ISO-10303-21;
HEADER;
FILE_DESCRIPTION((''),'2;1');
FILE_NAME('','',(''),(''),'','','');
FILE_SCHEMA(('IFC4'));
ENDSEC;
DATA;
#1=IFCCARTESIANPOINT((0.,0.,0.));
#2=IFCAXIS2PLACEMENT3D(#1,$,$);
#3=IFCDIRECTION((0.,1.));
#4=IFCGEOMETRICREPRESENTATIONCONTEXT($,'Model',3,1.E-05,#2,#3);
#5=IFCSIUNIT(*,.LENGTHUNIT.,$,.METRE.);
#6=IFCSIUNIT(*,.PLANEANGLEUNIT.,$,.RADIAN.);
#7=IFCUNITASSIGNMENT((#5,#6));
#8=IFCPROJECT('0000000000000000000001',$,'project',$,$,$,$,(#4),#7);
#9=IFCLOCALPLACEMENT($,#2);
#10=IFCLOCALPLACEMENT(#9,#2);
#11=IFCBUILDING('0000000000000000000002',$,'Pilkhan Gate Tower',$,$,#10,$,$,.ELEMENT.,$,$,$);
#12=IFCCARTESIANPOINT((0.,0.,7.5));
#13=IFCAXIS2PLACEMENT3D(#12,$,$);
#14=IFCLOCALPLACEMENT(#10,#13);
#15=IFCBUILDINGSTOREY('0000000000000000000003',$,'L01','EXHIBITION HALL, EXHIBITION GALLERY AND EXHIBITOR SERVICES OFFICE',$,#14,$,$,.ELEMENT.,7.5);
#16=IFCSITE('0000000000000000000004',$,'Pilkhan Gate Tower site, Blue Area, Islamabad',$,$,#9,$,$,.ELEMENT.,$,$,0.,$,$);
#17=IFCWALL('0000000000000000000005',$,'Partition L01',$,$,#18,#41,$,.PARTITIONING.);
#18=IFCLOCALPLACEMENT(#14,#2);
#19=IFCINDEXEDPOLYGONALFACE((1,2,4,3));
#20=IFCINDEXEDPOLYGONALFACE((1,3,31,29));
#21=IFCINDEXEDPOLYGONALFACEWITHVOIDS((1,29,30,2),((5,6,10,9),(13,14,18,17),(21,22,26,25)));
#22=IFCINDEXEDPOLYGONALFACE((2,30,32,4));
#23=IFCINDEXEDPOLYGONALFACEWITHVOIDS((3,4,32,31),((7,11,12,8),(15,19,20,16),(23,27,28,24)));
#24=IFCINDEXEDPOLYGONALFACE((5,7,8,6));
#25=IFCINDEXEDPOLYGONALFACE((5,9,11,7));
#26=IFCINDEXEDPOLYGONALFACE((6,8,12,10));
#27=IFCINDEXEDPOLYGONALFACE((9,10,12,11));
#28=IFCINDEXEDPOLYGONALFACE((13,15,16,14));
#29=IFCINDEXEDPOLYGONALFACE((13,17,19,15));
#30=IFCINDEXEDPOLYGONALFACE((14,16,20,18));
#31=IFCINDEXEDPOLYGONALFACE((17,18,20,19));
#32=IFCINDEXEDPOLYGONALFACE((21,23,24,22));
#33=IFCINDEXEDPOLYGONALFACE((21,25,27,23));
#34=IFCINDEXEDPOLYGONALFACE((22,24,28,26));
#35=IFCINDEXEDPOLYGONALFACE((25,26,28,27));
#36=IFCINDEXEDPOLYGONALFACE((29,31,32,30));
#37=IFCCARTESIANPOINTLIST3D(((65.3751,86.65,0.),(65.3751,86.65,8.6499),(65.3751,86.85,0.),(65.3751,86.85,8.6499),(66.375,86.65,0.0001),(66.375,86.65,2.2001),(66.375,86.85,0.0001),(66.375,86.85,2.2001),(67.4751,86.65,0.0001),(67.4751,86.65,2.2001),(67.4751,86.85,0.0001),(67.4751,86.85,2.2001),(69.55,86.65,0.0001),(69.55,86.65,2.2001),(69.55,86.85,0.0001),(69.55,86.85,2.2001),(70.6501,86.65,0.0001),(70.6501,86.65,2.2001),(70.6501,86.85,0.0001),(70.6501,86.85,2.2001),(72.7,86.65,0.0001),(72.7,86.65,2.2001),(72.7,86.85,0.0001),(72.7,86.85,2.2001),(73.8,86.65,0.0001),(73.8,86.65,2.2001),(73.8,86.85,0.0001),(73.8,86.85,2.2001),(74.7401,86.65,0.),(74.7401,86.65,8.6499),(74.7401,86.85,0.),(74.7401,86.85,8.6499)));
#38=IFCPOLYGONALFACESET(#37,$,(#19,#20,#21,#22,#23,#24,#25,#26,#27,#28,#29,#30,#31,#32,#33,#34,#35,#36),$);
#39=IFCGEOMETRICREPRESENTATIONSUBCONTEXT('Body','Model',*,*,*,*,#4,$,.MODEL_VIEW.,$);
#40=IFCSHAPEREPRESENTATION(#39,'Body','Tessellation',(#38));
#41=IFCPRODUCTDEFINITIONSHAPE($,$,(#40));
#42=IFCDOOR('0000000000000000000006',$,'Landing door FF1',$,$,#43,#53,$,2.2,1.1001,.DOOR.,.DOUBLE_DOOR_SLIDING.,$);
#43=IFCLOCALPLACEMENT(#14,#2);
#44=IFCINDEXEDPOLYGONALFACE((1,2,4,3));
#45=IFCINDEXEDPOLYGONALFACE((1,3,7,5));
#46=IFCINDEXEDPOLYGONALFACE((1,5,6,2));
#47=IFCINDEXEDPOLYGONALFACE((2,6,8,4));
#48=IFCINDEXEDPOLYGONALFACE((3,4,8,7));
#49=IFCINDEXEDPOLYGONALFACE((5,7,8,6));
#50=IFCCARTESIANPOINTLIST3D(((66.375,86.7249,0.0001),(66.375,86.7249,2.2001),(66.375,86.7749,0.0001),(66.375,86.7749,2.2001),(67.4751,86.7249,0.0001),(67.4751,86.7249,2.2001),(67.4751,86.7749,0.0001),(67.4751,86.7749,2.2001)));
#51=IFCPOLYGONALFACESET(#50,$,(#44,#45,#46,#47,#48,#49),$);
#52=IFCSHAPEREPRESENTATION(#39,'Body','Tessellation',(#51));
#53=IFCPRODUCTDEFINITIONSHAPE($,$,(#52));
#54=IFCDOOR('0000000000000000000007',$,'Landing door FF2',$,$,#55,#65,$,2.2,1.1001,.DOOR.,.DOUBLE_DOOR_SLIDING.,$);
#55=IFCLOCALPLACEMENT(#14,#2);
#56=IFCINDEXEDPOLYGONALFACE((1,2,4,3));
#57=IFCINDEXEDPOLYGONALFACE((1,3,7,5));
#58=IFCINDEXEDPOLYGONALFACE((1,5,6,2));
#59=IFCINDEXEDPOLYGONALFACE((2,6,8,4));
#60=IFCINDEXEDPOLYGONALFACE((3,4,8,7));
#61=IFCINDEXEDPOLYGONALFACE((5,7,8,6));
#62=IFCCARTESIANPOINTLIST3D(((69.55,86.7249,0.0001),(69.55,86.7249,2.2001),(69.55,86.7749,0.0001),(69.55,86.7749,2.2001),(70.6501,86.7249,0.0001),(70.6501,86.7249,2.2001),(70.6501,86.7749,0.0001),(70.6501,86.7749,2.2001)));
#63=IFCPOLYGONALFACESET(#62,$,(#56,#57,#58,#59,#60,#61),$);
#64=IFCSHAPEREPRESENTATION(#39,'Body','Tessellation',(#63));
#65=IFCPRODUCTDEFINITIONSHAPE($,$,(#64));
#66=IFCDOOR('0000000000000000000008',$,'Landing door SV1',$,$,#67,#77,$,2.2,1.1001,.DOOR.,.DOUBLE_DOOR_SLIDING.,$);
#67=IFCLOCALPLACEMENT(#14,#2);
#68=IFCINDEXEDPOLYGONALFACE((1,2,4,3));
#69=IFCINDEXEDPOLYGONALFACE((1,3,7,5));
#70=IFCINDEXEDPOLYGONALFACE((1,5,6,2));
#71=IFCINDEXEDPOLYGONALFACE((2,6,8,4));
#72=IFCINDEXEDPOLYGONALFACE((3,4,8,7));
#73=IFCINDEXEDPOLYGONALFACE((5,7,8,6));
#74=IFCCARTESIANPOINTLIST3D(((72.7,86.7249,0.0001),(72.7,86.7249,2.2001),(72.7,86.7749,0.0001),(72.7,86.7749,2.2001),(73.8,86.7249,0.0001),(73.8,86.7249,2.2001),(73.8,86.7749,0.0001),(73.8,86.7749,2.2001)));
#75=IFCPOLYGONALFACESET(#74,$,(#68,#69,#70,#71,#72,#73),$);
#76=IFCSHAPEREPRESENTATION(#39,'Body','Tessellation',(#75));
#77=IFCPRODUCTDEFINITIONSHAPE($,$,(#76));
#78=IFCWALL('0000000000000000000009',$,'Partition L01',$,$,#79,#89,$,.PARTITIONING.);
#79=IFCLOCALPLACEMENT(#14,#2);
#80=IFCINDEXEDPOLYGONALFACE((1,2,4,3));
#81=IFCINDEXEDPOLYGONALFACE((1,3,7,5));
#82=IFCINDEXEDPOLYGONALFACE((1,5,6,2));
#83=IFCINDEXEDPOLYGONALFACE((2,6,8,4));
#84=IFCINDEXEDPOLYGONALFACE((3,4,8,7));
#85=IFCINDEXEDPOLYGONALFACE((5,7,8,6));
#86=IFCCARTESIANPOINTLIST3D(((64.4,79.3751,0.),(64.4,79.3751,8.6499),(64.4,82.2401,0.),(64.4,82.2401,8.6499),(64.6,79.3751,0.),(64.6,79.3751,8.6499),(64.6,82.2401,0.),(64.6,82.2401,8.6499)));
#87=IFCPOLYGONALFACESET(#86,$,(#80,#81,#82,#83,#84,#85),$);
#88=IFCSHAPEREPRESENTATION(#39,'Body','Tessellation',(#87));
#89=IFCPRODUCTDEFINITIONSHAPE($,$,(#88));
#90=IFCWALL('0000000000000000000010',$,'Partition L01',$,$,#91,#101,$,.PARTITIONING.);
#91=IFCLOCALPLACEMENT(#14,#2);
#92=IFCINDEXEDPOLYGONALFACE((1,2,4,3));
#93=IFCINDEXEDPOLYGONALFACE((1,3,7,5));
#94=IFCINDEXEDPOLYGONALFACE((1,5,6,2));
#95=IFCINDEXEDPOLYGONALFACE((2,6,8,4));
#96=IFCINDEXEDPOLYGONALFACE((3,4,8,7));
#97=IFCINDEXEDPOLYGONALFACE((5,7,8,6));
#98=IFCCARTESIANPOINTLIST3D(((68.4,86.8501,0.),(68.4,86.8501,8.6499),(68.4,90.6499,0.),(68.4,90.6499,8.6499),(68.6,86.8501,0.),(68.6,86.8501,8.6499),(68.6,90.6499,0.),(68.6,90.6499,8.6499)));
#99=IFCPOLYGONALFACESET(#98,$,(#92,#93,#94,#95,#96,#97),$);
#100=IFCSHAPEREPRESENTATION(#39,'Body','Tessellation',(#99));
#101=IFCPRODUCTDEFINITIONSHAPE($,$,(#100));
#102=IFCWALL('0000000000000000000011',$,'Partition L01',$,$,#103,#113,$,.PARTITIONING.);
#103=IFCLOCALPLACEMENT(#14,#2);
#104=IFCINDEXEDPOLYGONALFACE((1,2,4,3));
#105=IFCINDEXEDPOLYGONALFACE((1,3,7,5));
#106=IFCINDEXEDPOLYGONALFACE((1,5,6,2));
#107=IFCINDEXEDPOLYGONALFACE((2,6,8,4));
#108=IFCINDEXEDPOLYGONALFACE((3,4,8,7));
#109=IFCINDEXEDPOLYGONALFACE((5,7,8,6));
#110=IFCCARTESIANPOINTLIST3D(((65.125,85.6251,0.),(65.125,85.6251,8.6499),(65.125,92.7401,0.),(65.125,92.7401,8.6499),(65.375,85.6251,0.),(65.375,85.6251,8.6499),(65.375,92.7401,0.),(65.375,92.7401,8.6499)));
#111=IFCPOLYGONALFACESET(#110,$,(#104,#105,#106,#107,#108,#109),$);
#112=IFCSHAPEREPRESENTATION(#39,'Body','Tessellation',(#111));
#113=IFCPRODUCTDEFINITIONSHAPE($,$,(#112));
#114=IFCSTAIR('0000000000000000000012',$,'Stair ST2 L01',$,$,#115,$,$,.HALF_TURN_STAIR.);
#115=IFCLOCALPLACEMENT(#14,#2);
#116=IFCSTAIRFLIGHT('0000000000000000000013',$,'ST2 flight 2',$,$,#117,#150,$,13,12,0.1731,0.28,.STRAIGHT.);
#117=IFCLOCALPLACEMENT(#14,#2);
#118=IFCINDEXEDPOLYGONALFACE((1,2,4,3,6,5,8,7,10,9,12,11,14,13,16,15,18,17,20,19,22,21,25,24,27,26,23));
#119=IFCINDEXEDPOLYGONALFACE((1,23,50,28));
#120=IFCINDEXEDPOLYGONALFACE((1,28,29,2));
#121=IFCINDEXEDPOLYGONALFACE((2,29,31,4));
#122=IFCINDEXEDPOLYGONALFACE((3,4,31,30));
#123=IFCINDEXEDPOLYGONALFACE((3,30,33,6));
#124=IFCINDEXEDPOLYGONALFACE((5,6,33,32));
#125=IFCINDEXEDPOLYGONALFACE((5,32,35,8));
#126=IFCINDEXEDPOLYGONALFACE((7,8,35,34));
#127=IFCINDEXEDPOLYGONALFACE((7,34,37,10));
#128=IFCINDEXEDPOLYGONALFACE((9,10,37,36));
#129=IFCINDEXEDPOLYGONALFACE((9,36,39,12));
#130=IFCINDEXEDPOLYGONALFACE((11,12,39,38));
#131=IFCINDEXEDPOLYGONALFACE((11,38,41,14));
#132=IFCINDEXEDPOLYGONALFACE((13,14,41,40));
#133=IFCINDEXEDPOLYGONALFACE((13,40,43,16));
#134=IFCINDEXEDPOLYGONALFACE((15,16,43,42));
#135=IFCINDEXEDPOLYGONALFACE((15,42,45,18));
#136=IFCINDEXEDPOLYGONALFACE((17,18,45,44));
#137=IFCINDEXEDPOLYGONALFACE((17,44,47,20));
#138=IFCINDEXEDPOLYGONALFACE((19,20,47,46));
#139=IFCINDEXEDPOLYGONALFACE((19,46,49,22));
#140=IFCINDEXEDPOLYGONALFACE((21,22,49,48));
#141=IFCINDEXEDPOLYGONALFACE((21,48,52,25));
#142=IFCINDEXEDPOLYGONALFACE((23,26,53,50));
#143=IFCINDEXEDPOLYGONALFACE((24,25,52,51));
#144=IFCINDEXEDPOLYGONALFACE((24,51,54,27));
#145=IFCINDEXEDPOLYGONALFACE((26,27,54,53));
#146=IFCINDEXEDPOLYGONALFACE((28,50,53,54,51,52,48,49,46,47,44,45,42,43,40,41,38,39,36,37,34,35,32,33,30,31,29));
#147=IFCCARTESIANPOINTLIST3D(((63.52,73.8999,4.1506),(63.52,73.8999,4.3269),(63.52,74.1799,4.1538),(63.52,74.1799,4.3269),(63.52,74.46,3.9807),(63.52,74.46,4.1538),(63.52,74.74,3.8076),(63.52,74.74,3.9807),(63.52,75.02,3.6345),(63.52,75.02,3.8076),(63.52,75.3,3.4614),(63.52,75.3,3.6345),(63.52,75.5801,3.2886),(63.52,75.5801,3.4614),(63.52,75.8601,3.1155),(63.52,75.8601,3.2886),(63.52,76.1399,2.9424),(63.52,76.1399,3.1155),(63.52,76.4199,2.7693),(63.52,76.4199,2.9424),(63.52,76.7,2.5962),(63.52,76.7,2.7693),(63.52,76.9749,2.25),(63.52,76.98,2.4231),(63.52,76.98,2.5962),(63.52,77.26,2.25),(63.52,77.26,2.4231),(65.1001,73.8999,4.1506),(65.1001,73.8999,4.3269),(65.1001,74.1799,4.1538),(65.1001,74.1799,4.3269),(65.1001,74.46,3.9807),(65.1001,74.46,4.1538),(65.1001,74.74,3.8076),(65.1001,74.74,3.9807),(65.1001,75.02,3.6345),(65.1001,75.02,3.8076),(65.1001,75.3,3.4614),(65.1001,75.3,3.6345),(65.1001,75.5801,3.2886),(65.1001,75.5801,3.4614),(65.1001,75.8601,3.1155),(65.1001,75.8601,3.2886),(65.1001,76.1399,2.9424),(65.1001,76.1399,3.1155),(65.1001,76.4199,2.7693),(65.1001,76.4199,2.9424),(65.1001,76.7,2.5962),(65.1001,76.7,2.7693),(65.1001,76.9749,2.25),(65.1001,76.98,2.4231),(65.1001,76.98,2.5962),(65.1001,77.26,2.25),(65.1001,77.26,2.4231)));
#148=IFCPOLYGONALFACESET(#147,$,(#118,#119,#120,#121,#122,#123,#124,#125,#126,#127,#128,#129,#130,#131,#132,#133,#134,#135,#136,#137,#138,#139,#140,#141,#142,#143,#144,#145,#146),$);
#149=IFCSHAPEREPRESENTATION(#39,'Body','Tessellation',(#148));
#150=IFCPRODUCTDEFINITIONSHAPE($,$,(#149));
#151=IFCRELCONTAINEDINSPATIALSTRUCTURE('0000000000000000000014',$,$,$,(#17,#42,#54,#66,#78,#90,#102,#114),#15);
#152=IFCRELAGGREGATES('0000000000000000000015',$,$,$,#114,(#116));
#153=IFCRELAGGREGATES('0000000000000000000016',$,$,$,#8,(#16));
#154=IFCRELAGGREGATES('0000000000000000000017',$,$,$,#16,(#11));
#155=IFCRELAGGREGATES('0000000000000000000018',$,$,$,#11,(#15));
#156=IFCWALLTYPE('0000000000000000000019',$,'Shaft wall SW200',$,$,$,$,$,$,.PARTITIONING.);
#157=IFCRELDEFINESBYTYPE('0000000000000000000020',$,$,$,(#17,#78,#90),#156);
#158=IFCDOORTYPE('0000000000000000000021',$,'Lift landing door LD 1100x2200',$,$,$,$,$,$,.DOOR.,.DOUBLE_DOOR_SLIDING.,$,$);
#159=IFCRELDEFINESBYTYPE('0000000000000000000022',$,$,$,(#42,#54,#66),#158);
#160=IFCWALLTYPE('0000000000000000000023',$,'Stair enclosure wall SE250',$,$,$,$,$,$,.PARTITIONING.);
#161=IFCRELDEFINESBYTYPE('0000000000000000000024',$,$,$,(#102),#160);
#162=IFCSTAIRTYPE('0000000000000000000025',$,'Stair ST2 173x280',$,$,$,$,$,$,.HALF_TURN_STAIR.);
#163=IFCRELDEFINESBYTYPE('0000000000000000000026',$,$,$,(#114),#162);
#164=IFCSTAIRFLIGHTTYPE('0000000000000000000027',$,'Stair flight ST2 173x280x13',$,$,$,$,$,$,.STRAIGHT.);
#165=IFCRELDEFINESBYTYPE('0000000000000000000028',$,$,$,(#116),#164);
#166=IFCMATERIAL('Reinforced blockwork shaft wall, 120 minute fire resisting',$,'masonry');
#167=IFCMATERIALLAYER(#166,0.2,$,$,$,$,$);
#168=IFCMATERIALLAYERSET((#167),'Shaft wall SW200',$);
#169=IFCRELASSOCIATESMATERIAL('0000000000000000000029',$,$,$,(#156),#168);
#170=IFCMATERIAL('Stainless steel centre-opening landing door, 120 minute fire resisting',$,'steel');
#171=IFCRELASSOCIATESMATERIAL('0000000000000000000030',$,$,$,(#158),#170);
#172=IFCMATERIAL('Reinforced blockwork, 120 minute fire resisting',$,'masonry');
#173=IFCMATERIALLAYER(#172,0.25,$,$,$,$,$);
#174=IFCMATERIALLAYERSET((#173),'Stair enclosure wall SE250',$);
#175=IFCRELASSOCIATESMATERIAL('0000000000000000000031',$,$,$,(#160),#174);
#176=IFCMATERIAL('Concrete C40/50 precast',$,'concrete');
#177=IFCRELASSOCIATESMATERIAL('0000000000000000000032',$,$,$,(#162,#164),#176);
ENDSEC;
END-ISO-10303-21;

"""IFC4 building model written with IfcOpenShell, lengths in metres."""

from ifc_helpers import new_model, si_unit, direction, frame, frame_2d, origin, place, context, subcontext, project, spatial, polyline, rectangle, outline, extrude, material, layer, layer_set, type_object, element, fill, aggregate, save


model = new_model("IFC4")

# Units and contexts
model_context = context("Model", 3, precision=1e-05, world=origin(), true_north=direction((0.0, 1.0)))
body_context = subcontext(model_context, "Body", "Model", "MODEL_VIEW")
ifc_project = project(units=[si_unit("LENGTHUNIT", "METRE"), si_unit("PLANEANGLEUNIT", "RADIAN")], contexts=[model_context])

# Site, building, storey
site_placement = place(None, origin())
site = spatial("IfcSite", under=ifc_project, at=site_placement, Name="Pilkhan Gate Tower site, Blue Area, Islamabad", CompositionType="ELEMENT", RefElevation=0.0)
building_placement = place(site_placement, origin())
building = spatial("IfcBuilding", under=site, at=building_placement, Name="Pilkhan Gate Tower", CompositionType="ELEMENT")
storey_placement = place(building_placement, frame((0.0, 0.0, 7.5)))
storey = spatial("IfcBuildingStorey", under=building, at=storey_placement, Name="L01", Description="EXHIBITION HALL, EXHIBITION GALLERY AND EXHIBITOR SERVICES OFFICE", CompositionType="ELEMENT", Elevation=7.5)

# Wall, openings, doors
ifc_material_1 = material(Name="Reinforced blockwork shaft wall, 120 minute fire resisting", Category="masonry")
ifc_layer_1 = layer(ifc_material_1, 0.2)
ifc_layer_set_1 = layer_set([ifc_layer_1], Name="Shaft wall SW200")
wall_type_1 = type_object("IfcWallType", Name="Shaft wall SW200", PredefinedType="PARTITIONING", material=ifc_layer_set_1)
ifc_material_2 = material(Name="Stainless steel centre-opening landing door, 120 minute fire resisting", Category="steel")
door_type_1 = type_object("IfcDoorType", Name="Lift landing door LD 1100x2200", OperationType="DOUBLE_DOOR_SLIDING", PredefinedType="DOOR", material=ifc_material_2)
wall_1_placement = place(storey_placement, frame((65.375, 86.75, 0.0), z_axis=(0.0, 0.0, 1.0), x_axis=(1.0, 0.0, 0.0)))
wall_1 = element("IfcWall", 1, at=wall_1_placement, inside=storey, type_object=wall_type_1, Name="Partition L01", PredefinedType="PARTITIONING", context=body_context, shape_type="SweptSolid", body=[
    extrude(rectangle(XDim=9.365, YDim=0.2, at=frame_2d((4.6826, 0.0))), origin(), (0.0, 0.0, 1.0), 8.6499),
])
opening_1_placement = place(wall_1_placement, frame((1.0, 0.0, 0.0)))
opening_1 = element("IfcOpeningElement", 2, at=opening_1_placement, cuts=wall_1, PredefinedType="OPENING", context=body_context, shape_type="SweptSolid", body=[
    extrude(rectangle(XDim=1.1001, YDim=2.2, at=frame_2d((0.55, 1.1001))), frame((0.0, 0.1099, 0.0), z_axis=(0.0, -1.0, 0.0), x_axis=(1.0, 0.0, 0.0)), (0.0, 0.0, 1.0), 0.22),
])
opening_2_placement = place(wall_1_placement, frame((4.175, 0.0, 0.0)))
opening_2 = element("IfcOpeningElement", 3, at=opening_2_placement, cuts=wall_1, PredefinedType="OPENING", context=body_context, shape_type="SweptSolid", body=[
    extrude(rectangle(XDim=1.1001, YDim=2.2, at=frame_2d((0.55, 1.1001))), frame((0.0, 0.1099, 0.0), z_axis=(0.0, -1.0, 0.0), x_axis=(1.0, 0.0, 0.0)), (0.0, 0.0, 1.0), 0.22),
])
opening_3_placement = place(wall_1_placement, frame((7.325, 0.0, 0.0)))
opening_3 = element("IfcOpeningElement", 4, at=opening_3_placement, cuts=wall_1, PredefinedType="OPENING", context=body_context, shape_type="SweptSolid", body=[
    extrude(rectangle(XDim=1.1001, YDim=2.2, at=frame_2d((0.55, 1.1001))), frame((0.0, 0.1099, 0.0), z_axis=(0.0, -1.0, 0.0), x_axis=(1.0, 0.0, 0.0)), (0.0, 0.0, 1.0), 0.22),
])
door_1_placement = place(opening_1_placement, origin())
door_1 = element("IfcDoor", 5, at=door_1_placement, inside=storey, type_object=door_type_1, Name="Landing door FF1", OperationType="DOUBLE_DOOR_SLIDING", OverallHeight=2.2, OverallWidth=1.1001, PredefinedType="DOOR", context=body_context, shape_type="SweptSolid", body=[
    extrude(rectangle(XDim=1.1001, YDim=2.2, at=frame_2d((0.55, 1.1001))), frame((0.0, 0.0249, 0.0), z_axis=(0.0, -1.0, 0.0), x_axis=(1.0, 0.0, 0.0)), (0.0, 0.0, 1.0), 0.05),
])
fill(opening_1, door_1)
door_2_placement = place(opening_2_placement, origin())
door_2 = element("IfcDoor", 6, at=door_2_placement, inside=storey, type_object=door_type_1, Name="Landing door FF2", OperationType="DOUBLE_DOOR_SLIDING", OverallHeight=2.2, OverallWidth=1.1001, PredefinedType="DOOR", context=body_context, shape_type="SweptSolid", body=[
    extrude(rectangle(XDim=1.1001, YDim=2.2, at=frame_2d((0.55, 1.1001))), frame((0.0, 0.0249, 0.0), z_axis=(0.0, -1.0, 0.0), x_axis=(1.0, 0.0, 0.0)), (0.0, 0.0, 1.0), 0.05),
])
fill(opening_2, door_2)
door_3_placement = place(opening_3_placement, origin())
door_3 = element("IfcDoor", 7, at=door_3_placement, inside=storey, type_object=door_type_1, Name="Landing door SV1", OperationType="DOUBLE_DOOR_SLIDING", OverallHeight=2.2, OverallWidth=1.1001, PredefinedType="DOOR", context=body_context, shape_type="SweptSolid", body=[
    extrude(rectangle(XDim=1.1001, YDim=2.2, at=frame_2d((0.55, 1.1001))), frame((0.0, 0.0249, 0.0), z_axis=(0.0, -1.0, 0.0), x_axis=(1.0, 0.0, 0.0)), (0.0, 0.0, 1.0), 0.05),
])
fill(opening_3, door_3)

# Walls
wall_2_placement = place(storey_placement, frame((64.5, 79.375, 0.0), z_axis=(0.0, 0.0, 1.0), x_axis=(0.0, 1.0, 0.0)))
element("IfcWall", 8, at=wall_2_placement, inside=storey, type_object=wall_type_1, Name="Partition L01", PredefinedType="PARTITIONING", context=body_context, shape_type="SweptSolid", body=[
    extrude(rectangle(XDim=2.865, YDim=0.2, at=frame_2d((1.4326, 0.0))), origin(), (0.0, 0.0, 1.0), 8.6499),
])
wall_3_placement = place(storey_placement, frame((68.5, 86.8501, 0.0), z_axis=(0.0, 0.0, 1.0), x_axis=(0.0, 1.0, 0.0)))
element("IfcWall", 9, at=wall_3_placement, inside=storey, type_object=wall_type_1, Name="Partition L01", PredefinedType="PARTITIONING", context=body_context, shape_type="SweptSolid", body=[
    extrude(rectangle(XDim=3.7998, YDim=0.2, at=frame_2d((1.8999, 0.0))), origin(), (0.0, 0.0, 1.0), 8.6499),
])
ifc_material_3 = material(Name="Reinforced blockwork, 120 minute fire resisting", Category="masonry")
ifc_layer_2 = layer(ifc_material_3, 0.25)
ifc_layer_set_2 = layer_set([ifc_layer_2], Name="Stair enclosure wall SE250")
wall_type_2 = type_object("IfcWallType", Name="Stair enclosure wall SE250", PredefinedType="PARTITIONING", material=ifc_layer_set_2)
wall_4_placement = place(storey_placement, frame((65.25, 85.625, 0.0), z_axis=(0.0, 0.0, 1.0), x_axis=(0.0, 1.0, 0.0)))
element("IfcWall", 10, at=wall_4_placement, inside=storey, type_object=wall_type_2, Name="Partition L01", PredefinedType="PARTITIONING", context=body_context, shape_type="SweptSolid", body=[
    extrude(rectangle(XDim=7.115, YDim=0.25, at=frame_2d((3.5576, 0.0))), origin(), (0.0, 0.0, 1.0), 8.6499),
])

# Stair, stair flight
ifc_material_4 = material(Name="Concrete C40/50 precast", Category="concrete")
stair_type_1 = type_object("IfcStairType", Name="Stair ST2 173x280", PredefinedType="HALF_TURN_STAIR", material=ifc_material_4)
stair_1_placement = place(storey_placement, origin())
stair_1 = element("IfcStair", 11, at=stair_1_placement, inside=storey, type_object=stair_type_1, Name="Stair ST2 L01", PredefinedType="HALF_TURN_STAIR")
stair_flight_type_1 = type_object("IfcStairFlightType", Name="Stair flight ST2 173x280x13", PredefinedType="STRAIGHT", material=ifc_material_4)
stair_flight_1_placement = place(storey_placement, frame((64.3101, 77.26, 2.25), z_axis=(0.0, 0.0, 1.0), x_axis=(0.0, -1.0, 0.0)))
stair_flight_1 = element("IfcStairFlight", 12, at=stair_flight_1_placement, type_object=stair_flight_type_1, Name="ST2 flight 2", NumberOfRisers=13, NumberOfTreads=12, PredefinedType="STRAIGHT", RiserHeight=0.1731, TreadLength=0.28, context=body_context, shape_type="SweptSolid", body=[
    extrude(outline(polyline([(0.0, 0.0), (0.0, 0.1731), (0.28, 0.1731), (0.28, 0.3462), (0.5601, 0.3462), (0.5601, 0.5193), (0.8401, 0.5193), (0.8401, 0.6924), (1.1201, 0.6924), (1.1201, 0.8655), (1.3999, 0.8655), (1.3999, 1.0386), (1.6799, 1.0386), (1.6799, 1.2114), (1.96, 1.2114), (1.96, 1.3845), (2.24, 1.3845), (2.24, 1.5576), (2.52, 1.5576), (2.52, 1.7307), (2.8, 1.7307), (2.8, 1.9038), (3.0801, 1.9038), (3.0801, 2.0769), (3.3601, 2.0769), (3.3601, 2.25), (3.3601, 1.9006), (0.2852, 0.0), (0.0, 0.0)])), frame((0.0, 0.79, 0.0), z_axis=(0.0, -1.0, 0.0), x_axis=(1.0, 0.0, 0.0)), (0.0, 0.0, 1.0), 1.5801),
])
aggregate(stair_1, [stair_flight_1])

save(model, "model.ifc")
